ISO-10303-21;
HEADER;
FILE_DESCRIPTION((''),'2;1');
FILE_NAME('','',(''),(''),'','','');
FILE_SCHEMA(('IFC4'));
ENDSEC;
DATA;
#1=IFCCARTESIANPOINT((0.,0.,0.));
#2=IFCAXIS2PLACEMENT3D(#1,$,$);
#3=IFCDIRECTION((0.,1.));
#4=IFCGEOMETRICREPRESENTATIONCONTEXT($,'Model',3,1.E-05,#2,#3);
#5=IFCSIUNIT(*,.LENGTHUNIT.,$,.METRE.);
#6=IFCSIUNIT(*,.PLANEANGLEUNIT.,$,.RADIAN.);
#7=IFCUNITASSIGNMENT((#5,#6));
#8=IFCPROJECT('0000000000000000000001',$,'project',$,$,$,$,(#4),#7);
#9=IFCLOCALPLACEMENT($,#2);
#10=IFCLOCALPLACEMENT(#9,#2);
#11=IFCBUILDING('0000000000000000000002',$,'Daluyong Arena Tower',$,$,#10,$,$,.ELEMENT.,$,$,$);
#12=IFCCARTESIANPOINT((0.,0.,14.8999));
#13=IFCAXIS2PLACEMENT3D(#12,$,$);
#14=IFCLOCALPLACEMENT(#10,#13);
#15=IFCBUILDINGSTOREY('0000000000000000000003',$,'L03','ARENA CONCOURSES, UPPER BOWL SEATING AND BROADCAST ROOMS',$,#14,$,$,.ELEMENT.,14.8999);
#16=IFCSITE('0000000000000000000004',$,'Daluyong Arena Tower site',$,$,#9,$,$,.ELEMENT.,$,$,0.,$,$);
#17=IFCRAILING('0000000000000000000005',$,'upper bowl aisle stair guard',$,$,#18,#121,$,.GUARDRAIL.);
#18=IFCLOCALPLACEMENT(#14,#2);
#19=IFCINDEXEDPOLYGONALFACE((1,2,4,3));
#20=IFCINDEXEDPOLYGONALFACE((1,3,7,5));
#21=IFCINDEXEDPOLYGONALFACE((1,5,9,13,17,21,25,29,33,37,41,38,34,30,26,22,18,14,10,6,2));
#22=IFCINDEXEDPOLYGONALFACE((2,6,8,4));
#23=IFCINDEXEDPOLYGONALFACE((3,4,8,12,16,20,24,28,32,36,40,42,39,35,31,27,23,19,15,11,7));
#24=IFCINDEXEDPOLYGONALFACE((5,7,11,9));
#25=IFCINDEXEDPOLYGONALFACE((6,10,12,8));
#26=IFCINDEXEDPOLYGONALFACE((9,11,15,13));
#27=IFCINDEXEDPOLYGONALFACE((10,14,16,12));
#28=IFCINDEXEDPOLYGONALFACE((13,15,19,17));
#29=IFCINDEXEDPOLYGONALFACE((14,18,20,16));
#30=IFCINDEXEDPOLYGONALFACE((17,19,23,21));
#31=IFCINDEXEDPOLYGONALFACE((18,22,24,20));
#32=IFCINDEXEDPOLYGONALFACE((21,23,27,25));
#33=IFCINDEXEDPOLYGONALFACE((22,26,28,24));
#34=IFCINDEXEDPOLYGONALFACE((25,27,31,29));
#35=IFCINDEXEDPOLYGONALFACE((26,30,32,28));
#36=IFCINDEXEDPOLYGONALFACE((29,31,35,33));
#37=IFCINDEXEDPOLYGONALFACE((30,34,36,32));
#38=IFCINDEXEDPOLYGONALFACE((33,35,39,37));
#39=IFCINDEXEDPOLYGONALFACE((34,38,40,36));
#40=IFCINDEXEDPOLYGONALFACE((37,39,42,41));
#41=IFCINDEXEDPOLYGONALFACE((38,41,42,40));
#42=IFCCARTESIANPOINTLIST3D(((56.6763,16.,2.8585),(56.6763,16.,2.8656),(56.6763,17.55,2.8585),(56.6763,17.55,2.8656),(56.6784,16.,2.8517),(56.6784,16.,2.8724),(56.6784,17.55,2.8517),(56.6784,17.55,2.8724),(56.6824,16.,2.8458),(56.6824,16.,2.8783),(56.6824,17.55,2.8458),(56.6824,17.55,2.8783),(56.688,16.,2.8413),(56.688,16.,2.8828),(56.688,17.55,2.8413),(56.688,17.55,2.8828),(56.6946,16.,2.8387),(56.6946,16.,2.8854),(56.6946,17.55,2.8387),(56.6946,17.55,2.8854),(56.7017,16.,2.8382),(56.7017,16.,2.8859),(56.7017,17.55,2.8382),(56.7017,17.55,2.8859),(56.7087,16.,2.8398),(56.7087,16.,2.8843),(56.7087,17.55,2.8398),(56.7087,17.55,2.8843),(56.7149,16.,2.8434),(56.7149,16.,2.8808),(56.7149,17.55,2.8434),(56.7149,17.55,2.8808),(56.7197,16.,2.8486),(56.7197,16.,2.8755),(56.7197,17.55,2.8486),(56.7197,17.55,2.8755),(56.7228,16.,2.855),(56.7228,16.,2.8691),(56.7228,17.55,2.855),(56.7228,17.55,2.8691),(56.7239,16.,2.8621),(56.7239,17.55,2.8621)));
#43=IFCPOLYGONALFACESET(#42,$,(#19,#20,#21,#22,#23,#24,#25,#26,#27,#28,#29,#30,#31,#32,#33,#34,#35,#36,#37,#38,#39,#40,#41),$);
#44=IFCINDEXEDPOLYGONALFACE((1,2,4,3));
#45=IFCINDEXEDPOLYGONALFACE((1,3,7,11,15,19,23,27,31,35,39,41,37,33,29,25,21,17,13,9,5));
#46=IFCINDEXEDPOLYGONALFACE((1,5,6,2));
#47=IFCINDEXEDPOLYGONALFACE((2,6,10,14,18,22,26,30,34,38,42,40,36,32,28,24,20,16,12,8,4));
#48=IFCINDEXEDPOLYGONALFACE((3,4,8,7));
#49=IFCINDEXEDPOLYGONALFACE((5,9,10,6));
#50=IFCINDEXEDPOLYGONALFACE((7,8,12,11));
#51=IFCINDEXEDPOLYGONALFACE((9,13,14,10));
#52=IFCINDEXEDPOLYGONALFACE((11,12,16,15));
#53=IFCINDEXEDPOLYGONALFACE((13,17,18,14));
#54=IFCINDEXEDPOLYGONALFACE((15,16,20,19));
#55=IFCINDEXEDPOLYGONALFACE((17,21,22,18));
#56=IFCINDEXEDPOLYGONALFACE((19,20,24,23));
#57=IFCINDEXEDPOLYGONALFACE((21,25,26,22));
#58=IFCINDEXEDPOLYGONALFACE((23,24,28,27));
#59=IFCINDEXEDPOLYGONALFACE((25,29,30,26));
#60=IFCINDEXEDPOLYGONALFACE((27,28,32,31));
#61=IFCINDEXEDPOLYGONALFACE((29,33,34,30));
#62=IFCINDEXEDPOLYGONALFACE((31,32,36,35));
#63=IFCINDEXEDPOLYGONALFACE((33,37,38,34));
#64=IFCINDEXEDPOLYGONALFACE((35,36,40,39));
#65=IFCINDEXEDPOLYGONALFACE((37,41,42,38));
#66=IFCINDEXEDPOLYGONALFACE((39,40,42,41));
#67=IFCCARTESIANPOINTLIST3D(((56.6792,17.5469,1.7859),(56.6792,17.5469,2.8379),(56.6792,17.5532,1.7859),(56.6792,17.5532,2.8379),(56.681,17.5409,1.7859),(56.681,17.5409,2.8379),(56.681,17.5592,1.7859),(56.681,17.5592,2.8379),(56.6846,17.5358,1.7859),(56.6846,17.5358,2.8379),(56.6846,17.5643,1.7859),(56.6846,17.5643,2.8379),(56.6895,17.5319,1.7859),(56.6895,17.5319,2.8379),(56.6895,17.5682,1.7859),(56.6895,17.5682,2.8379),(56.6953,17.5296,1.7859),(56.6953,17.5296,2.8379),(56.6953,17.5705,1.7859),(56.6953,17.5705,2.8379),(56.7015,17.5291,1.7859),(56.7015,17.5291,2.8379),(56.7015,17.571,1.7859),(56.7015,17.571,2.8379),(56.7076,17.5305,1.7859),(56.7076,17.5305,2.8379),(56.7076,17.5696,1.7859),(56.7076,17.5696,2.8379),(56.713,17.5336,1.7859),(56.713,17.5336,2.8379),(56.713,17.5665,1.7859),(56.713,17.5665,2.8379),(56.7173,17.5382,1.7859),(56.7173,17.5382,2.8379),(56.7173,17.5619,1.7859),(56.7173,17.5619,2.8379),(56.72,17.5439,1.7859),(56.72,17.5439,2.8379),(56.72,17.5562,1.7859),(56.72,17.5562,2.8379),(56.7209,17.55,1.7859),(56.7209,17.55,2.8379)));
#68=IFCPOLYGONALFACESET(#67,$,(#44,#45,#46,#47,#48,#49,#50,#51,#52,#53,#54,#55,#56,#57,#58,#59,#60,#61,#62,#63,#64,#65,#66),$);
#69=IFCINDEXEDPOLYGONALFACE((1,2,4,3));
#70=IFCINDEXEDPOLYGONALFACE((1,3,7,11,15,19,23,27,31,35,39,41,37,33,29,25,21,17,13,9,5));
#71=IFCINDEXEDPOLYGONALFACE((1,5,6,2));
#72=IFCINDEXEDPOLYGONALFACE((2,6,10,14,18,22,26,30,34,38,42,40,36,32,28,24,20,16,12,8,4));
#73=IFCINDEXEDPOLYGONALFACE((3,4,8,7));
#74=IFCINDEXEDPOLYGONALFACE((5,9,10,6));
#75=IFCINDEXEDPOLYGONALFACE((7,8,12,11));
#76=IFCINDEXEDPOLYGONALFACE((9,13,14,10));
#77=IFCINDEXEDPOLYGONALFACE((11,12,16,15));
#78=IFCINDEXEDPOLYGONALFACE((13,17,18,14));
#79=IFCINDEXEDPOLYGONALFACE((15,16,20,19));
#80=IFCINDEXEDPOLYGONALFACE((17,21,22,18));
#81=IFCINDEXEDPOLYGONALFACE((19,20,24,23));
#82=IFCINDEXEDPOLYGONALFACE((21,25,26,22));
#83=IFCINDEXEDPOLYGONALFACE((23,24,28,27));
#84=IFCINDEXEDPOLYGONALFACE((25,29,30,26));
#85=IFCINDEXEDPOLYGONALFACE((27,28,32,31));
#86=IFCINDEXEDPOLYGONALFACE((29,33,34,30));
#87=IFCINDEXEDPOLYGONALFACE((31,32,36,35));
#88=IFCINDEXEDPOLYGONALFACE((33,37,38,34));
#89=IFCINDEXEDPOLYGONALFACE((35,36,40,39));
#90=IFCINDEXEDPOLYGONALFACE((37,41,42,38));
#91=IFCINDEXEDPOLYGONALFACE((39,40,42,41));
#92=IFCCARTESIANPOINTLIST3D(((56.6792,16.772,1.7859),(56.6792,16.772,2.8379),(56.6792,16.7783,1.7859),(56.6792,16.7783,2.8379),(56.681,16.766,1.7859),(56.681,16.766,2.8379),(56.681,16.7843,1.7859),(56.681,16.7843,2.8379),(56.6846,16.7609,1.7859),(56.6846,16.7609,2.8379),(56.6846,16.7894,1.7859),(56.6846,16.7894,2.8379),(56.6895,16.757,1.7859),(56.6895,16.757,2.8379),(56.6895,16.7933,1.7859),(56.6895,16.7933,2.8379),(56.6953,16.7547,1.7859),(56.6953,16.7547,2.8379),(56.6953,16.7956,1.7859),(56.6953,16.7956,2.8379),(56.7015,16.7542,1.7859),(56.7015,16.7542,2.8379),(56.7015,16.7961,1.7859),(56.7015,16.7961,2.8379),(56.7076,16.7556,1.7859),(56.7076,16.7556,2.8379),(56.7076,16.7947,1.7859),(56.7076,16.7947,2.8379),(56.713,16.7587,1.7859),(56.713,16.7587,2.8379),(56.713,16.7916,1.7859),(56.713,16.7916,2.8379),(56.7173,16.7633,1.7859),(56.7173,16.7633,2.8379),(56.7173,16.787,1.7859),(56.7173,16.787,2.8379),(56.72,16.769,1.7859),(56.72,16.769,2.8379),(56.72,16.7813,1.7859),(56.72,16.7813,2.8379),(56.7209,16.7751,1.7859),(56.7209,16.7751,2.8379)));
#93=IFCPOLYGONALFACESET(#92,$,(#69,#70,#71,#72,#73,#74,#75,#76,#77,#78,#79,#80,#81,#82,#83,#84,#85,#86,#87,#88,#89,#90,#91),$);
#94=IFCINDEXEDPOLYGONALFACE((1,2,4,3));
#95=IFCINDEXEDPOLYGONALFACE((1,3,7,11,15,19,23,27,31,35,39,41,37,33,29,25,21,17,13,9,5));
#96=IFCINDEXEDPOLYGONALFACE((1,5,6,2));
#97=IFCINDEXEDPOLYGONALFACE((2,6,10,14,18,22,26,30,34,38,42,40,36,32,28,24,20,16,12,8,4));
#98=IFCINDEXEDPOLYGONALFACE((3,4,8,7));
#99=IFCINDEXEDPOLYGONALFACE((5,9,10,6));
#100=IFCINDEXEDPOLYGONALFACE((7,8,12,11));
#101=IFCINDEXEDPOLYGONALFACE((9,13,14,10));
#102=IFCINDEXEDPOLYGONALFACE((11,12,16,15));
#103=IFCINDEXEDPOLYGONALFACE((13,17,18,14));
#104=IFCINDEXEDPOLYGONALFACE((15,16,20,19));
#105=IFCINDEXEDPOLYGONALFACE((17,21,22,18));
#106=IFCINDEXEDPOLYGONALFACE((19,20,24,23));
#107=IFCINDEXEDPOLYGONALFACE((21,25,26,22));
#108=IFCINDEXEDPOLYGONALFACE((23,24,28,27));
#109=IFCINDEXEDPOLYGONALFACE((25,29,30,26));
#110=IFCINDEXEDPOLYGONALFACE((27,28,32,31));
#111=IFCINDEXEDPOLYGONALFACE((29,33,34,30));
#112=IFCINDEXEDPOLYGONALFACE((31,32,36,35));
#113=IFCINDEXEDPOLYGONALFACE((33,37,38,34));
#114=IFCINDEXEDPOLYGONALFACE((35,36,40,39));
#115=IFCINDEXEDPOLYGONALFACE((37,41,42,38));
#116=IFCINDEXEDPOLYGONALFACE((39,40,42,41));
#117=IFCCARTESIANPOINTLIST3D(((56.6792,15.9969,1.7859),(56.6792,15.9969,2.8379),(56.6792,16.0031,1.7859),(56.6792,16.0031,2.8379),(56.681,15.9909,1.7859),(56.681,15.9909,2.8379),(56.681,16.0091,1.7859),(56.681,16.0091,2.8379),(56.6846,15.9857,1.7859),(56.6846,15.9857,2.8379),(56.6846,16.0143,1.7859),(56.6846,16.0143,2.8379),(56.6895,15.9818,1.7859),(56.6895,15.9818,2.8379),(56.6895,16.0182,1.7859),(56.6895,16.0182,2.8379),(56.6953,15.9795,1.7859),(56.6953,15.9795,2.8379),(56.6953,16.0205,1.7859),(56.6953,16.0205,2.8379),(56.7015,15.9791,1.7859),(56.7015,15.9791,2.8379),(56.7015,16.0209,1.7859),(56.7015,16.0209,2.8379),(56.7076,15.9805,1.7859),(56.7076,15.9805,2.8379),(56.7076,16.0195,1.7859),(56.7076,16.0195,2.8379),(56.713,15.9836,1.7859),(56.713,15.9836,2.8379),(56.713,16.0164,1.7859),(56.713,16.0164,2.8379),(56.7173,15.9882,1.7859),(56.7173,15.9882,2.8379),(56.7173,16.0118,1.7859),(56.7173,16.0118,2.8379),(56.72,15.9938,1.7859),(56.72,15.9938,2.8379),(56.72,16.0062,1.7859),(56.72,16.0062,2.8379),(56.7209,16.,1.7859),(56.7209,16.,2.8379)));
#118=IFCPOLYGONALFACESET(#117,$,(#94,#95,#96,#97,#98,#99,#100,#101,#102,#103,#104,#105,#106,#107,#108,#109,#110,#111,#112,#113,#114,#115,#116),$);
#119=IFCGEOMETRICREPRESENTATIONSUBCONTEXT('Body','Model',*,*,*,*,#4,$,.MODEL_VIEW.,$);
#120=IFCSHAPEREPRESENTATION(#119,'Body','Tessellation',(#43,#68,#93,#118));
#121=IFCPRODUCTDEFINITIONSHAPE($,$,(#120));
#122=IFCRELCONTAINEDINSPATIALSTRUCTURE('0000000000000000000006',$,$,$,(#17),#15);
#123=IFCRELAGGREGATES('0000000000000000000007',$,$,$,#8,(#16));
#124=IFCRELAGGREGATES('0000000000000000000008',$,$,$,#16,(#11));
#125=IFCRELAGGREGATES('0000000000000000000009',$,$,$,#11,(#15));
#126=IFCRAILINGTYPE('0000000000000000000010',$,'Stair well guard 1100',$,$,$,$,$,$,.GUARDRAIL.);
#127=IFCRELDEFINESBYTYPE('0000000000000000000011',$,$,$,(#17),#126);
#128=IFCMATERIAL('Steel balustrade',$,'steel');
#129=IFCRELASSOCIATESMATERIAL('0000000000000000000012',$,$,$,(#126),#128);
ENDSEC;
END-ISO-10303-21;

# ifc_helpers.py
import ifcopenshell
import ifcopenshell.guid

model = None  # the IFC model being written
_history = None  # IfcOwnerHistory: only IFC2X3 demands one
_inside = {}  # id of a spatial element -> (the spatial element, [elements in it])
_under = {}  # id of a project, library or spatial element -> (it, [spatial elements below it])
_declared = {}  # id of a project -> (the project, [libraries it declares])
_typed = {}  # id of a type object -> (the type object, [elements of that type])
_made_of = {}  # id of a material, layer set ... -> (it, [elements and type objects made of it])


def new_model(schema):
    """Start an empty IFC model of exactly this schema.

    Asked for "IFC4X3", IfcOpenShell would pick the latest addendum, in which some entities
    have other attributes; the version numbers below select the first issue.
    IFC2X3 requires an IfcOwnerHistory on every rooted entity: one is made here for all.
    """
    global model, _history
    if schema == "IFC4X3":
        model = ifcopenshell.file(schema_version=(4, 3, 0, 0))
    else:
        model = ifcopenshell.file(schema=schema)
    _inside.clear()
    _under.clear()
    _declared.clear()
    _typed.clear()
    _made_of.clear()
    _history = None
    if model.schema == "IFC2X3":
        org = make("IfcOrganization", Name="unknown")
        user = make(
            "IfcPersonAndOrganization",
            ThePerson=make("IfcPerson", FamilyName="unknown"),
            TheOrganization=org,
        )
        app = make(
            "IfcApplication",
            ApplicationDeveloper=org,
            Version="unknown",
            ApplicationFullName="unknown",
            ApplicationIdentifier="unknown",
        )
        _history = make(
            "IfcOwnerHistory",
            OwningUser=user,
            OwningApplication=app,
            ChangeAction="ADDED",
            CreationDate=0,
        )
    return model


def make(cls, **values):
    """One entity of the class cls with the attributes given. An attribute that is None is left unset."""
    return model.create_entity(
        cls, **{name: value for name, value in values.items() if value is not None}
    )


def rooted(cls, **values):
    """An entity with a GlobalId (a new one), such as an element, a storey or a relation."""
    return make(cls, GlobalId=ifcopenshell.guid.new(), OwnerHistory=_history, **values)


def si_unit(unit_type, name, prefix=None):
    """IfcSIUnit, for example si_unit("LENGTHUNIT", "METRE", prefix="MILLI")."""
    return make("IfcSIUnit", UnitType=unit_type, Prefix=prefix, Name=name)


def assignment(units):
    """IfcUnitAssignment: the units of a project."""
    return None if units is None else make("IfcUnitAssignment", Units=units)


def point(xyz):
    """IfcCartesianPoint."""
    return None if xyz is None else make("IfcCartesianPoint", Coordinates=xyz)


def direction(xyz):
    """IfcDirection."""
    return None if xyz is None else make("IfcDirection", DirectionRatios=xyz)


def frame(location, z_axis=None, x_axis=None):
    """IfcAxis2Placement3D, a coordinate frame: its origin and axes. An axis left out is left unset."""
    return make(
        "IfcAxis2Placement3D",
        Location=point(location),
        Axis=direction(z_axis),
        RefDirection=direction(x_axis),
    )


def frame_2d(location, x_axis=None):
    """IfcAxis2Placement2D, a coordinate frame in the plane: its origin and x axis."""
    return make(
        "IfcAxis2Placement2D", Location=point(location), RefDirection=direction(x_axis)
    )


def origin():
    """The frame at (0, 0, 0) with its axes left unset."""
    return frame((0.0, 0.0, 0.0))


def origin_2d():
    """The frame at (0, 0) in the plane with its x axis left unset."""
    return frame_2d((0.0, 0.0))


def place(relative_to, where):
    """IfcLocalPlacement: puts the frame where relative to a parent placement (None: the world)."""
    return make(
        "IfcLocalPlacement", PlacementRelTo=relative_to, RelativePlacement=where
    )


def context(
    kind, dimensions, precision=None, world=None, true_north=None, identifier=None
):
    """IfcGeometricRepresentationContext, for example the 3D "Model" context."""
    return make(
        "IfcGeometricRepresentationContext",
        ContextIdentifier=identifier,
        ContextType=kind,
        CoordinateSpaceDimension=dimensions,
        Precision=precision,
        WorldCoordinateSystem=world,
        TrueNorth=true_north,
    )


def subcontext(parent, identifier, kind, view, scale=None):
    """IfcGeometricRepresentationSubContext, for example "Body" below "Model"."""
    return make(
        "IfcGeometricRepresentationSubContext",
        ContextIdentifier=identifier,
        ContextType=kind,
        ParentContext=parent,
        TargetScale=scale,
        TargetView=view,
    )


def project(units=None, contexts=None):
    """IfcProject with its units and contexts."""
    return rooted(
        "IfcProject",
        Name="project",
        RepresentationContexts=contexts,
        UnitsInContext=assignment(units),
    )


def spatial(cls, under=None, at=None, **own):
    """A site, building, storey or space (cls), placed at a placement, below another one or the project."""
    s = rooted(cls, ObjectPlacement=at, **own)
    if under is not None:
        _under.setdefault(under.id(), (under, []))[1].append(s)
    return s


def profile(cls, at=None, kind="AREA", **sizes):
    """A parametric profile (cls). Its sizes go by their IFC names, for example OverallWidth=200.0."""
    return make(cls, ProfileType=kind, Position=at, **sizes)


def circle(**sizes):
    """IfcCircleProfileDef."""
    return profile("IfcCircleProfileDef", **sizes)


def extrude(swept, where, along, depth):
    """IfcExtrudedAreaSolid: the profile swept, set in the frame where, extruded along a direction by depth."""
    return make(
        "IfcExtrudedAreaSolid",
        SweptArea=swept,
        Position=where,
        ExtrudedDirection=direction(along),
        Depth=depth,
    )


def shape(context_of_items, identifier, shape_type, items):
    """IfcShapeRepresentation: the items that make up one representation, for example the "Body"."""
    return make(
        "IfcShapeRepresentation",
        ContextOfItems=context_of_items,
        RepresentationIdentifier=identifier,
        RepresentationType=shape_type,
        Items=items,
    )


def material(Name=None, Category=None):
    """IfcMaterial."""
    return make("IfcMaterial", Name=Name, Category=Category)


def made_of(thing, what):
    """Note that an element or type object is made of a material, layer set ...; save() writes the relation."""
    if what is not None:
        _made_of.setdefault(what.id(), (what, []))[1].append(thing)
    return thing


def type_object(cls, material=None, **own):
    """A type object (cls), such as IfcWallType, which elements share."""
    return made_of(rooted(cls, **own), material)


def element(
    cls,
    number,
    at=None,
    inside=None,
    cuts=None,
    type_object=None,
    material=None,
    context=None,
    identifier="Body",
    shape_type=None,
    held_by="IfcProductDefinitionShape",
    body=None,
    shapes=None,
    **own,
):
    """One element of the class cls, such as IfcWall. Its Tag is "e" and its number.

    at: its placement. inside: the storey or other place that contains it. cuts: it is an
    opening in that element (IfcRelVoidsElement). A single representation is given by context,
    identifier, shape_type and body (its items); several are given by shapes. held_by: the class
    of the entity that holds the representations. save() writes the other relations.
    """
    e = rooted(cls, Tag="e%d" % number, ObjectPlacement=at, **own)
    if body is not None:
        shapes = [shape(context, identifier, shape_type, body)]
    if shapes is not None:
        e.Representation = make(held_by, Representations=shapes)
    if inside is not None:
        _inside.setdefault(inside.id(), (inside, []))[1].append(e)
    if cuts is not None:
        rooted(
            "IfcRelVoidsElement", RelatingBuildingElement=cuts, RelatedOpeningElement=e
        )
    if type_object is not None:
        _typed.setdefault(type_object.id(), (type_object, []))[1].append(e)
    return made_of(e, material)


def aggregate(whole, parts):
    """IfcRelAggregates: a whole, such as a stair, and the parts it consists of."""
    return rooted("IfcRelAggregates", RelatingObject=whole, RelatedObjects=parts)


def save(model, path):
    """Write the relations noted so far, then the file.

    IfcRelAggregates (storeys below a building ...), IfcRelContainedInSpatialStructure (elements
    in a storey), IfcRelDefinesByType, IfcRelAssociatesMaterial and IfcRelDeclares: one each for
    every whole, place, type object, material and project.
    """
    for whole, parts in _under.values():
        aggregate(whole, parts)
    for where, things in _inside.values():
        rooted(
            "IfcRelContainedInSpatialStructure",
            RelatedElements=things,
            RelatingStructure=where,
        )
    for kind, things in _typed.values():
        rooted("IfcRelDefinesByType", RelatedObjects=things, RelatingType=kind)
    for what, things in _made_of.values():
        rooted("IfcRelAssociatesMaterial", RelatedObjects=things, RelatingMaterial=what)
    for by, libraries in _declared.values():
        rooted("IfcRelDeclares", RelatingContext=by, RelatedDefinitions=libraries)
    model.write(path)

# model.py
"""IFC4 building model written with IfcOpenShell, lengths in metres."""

from ifc_helpers import new_model, si_unit, direction, frame, origin, origin_2d, place, context, subcontext, project, spatial, circle, extrude, material, type_object, element, save


model = new_model("IFC4")

# Units and contexts
model_context = context("Model", 3, precision=1e-05, world=origin(), true_north=direction((0.0, 1.0)))
body_context = subcontext(model_context, "Body", "Model", "MODEL_VIEW")
ifc_project = project(units=[si_unit("LENGTHUNIT", "METRE"), si_unit("PLANEANGLEUNIT", "RADIAN")], contexts=[model_context])

# Site, building, storey
site_placement = place(None, origin())
site = spatial("IfcSite", under=ifc_project, at=site_placement, Name="Daluyong Arena Tower site", CompositionType="ELEMENT", RefElevation=0.0)
building_placement = place(site_placement, origin())
building = spatial("IfcBuilding", under=site, at=building_placement, Name="Daluyong Arena Tower", CompositionType="ELEMENT")
storey_placement = place(building_placement, frame((0.0, 0.0, 14.8999)))
storey = spatial("IfcBuildingStorey", under=building, at=storey_placement, Name="L03", Description="ARENA CONCOURSES, UPPER BOWL SEATING AND BROADCAST ROOMS", CompositionType="ELEMENT", Elevation=14.8999)

# Railing
ifc_material_1 = material(Name="Steel balustrade", Category="steel")
railing_type_1 = type_object("IfcRailingType", Name="Stair well guard 1100", PredefinedType="GUARDRAIL", material=ifc_material_1)
railing_1_placement = place(storey_placement, frame((56.7, 17.55, 1.7859)))
element("IfcRailing", 1, at=railing_1_placement, inside=storey, type_object=railing_type_1, Name="upper bowl aisle stair guard", PredefinedType="GUARDRAIL", context=body_context, shape_type="SweptSolid", body=[
    extrude(circle(Radius=0.0239, at=origin_2d()), frame((0.0, 0.0, 1.0762), z_axis=(0.0, -1.0, 0.0), x_axis=(1.0, 0.0, 0.0)), (0.0, 0.0, 1.0), 1.55),
    extrude(circle(Radius=0.021, at=origin_2d()), origin(), (0.0, 0.0, 1.0), 1.052),
    extrude(circle(Radius=0.021, at=origin_2d()), frame((0.0, -0.7749, 0.0)), (0.0, 0.0, 1.0), 1.052),
    extrude(circle(Radius=0.021, at=origin_2d()), frame((0.0, -1.55, 0.0)), (0.0, 0.0, 1.0), 1.052),
])

save(model, "model.ifc")
